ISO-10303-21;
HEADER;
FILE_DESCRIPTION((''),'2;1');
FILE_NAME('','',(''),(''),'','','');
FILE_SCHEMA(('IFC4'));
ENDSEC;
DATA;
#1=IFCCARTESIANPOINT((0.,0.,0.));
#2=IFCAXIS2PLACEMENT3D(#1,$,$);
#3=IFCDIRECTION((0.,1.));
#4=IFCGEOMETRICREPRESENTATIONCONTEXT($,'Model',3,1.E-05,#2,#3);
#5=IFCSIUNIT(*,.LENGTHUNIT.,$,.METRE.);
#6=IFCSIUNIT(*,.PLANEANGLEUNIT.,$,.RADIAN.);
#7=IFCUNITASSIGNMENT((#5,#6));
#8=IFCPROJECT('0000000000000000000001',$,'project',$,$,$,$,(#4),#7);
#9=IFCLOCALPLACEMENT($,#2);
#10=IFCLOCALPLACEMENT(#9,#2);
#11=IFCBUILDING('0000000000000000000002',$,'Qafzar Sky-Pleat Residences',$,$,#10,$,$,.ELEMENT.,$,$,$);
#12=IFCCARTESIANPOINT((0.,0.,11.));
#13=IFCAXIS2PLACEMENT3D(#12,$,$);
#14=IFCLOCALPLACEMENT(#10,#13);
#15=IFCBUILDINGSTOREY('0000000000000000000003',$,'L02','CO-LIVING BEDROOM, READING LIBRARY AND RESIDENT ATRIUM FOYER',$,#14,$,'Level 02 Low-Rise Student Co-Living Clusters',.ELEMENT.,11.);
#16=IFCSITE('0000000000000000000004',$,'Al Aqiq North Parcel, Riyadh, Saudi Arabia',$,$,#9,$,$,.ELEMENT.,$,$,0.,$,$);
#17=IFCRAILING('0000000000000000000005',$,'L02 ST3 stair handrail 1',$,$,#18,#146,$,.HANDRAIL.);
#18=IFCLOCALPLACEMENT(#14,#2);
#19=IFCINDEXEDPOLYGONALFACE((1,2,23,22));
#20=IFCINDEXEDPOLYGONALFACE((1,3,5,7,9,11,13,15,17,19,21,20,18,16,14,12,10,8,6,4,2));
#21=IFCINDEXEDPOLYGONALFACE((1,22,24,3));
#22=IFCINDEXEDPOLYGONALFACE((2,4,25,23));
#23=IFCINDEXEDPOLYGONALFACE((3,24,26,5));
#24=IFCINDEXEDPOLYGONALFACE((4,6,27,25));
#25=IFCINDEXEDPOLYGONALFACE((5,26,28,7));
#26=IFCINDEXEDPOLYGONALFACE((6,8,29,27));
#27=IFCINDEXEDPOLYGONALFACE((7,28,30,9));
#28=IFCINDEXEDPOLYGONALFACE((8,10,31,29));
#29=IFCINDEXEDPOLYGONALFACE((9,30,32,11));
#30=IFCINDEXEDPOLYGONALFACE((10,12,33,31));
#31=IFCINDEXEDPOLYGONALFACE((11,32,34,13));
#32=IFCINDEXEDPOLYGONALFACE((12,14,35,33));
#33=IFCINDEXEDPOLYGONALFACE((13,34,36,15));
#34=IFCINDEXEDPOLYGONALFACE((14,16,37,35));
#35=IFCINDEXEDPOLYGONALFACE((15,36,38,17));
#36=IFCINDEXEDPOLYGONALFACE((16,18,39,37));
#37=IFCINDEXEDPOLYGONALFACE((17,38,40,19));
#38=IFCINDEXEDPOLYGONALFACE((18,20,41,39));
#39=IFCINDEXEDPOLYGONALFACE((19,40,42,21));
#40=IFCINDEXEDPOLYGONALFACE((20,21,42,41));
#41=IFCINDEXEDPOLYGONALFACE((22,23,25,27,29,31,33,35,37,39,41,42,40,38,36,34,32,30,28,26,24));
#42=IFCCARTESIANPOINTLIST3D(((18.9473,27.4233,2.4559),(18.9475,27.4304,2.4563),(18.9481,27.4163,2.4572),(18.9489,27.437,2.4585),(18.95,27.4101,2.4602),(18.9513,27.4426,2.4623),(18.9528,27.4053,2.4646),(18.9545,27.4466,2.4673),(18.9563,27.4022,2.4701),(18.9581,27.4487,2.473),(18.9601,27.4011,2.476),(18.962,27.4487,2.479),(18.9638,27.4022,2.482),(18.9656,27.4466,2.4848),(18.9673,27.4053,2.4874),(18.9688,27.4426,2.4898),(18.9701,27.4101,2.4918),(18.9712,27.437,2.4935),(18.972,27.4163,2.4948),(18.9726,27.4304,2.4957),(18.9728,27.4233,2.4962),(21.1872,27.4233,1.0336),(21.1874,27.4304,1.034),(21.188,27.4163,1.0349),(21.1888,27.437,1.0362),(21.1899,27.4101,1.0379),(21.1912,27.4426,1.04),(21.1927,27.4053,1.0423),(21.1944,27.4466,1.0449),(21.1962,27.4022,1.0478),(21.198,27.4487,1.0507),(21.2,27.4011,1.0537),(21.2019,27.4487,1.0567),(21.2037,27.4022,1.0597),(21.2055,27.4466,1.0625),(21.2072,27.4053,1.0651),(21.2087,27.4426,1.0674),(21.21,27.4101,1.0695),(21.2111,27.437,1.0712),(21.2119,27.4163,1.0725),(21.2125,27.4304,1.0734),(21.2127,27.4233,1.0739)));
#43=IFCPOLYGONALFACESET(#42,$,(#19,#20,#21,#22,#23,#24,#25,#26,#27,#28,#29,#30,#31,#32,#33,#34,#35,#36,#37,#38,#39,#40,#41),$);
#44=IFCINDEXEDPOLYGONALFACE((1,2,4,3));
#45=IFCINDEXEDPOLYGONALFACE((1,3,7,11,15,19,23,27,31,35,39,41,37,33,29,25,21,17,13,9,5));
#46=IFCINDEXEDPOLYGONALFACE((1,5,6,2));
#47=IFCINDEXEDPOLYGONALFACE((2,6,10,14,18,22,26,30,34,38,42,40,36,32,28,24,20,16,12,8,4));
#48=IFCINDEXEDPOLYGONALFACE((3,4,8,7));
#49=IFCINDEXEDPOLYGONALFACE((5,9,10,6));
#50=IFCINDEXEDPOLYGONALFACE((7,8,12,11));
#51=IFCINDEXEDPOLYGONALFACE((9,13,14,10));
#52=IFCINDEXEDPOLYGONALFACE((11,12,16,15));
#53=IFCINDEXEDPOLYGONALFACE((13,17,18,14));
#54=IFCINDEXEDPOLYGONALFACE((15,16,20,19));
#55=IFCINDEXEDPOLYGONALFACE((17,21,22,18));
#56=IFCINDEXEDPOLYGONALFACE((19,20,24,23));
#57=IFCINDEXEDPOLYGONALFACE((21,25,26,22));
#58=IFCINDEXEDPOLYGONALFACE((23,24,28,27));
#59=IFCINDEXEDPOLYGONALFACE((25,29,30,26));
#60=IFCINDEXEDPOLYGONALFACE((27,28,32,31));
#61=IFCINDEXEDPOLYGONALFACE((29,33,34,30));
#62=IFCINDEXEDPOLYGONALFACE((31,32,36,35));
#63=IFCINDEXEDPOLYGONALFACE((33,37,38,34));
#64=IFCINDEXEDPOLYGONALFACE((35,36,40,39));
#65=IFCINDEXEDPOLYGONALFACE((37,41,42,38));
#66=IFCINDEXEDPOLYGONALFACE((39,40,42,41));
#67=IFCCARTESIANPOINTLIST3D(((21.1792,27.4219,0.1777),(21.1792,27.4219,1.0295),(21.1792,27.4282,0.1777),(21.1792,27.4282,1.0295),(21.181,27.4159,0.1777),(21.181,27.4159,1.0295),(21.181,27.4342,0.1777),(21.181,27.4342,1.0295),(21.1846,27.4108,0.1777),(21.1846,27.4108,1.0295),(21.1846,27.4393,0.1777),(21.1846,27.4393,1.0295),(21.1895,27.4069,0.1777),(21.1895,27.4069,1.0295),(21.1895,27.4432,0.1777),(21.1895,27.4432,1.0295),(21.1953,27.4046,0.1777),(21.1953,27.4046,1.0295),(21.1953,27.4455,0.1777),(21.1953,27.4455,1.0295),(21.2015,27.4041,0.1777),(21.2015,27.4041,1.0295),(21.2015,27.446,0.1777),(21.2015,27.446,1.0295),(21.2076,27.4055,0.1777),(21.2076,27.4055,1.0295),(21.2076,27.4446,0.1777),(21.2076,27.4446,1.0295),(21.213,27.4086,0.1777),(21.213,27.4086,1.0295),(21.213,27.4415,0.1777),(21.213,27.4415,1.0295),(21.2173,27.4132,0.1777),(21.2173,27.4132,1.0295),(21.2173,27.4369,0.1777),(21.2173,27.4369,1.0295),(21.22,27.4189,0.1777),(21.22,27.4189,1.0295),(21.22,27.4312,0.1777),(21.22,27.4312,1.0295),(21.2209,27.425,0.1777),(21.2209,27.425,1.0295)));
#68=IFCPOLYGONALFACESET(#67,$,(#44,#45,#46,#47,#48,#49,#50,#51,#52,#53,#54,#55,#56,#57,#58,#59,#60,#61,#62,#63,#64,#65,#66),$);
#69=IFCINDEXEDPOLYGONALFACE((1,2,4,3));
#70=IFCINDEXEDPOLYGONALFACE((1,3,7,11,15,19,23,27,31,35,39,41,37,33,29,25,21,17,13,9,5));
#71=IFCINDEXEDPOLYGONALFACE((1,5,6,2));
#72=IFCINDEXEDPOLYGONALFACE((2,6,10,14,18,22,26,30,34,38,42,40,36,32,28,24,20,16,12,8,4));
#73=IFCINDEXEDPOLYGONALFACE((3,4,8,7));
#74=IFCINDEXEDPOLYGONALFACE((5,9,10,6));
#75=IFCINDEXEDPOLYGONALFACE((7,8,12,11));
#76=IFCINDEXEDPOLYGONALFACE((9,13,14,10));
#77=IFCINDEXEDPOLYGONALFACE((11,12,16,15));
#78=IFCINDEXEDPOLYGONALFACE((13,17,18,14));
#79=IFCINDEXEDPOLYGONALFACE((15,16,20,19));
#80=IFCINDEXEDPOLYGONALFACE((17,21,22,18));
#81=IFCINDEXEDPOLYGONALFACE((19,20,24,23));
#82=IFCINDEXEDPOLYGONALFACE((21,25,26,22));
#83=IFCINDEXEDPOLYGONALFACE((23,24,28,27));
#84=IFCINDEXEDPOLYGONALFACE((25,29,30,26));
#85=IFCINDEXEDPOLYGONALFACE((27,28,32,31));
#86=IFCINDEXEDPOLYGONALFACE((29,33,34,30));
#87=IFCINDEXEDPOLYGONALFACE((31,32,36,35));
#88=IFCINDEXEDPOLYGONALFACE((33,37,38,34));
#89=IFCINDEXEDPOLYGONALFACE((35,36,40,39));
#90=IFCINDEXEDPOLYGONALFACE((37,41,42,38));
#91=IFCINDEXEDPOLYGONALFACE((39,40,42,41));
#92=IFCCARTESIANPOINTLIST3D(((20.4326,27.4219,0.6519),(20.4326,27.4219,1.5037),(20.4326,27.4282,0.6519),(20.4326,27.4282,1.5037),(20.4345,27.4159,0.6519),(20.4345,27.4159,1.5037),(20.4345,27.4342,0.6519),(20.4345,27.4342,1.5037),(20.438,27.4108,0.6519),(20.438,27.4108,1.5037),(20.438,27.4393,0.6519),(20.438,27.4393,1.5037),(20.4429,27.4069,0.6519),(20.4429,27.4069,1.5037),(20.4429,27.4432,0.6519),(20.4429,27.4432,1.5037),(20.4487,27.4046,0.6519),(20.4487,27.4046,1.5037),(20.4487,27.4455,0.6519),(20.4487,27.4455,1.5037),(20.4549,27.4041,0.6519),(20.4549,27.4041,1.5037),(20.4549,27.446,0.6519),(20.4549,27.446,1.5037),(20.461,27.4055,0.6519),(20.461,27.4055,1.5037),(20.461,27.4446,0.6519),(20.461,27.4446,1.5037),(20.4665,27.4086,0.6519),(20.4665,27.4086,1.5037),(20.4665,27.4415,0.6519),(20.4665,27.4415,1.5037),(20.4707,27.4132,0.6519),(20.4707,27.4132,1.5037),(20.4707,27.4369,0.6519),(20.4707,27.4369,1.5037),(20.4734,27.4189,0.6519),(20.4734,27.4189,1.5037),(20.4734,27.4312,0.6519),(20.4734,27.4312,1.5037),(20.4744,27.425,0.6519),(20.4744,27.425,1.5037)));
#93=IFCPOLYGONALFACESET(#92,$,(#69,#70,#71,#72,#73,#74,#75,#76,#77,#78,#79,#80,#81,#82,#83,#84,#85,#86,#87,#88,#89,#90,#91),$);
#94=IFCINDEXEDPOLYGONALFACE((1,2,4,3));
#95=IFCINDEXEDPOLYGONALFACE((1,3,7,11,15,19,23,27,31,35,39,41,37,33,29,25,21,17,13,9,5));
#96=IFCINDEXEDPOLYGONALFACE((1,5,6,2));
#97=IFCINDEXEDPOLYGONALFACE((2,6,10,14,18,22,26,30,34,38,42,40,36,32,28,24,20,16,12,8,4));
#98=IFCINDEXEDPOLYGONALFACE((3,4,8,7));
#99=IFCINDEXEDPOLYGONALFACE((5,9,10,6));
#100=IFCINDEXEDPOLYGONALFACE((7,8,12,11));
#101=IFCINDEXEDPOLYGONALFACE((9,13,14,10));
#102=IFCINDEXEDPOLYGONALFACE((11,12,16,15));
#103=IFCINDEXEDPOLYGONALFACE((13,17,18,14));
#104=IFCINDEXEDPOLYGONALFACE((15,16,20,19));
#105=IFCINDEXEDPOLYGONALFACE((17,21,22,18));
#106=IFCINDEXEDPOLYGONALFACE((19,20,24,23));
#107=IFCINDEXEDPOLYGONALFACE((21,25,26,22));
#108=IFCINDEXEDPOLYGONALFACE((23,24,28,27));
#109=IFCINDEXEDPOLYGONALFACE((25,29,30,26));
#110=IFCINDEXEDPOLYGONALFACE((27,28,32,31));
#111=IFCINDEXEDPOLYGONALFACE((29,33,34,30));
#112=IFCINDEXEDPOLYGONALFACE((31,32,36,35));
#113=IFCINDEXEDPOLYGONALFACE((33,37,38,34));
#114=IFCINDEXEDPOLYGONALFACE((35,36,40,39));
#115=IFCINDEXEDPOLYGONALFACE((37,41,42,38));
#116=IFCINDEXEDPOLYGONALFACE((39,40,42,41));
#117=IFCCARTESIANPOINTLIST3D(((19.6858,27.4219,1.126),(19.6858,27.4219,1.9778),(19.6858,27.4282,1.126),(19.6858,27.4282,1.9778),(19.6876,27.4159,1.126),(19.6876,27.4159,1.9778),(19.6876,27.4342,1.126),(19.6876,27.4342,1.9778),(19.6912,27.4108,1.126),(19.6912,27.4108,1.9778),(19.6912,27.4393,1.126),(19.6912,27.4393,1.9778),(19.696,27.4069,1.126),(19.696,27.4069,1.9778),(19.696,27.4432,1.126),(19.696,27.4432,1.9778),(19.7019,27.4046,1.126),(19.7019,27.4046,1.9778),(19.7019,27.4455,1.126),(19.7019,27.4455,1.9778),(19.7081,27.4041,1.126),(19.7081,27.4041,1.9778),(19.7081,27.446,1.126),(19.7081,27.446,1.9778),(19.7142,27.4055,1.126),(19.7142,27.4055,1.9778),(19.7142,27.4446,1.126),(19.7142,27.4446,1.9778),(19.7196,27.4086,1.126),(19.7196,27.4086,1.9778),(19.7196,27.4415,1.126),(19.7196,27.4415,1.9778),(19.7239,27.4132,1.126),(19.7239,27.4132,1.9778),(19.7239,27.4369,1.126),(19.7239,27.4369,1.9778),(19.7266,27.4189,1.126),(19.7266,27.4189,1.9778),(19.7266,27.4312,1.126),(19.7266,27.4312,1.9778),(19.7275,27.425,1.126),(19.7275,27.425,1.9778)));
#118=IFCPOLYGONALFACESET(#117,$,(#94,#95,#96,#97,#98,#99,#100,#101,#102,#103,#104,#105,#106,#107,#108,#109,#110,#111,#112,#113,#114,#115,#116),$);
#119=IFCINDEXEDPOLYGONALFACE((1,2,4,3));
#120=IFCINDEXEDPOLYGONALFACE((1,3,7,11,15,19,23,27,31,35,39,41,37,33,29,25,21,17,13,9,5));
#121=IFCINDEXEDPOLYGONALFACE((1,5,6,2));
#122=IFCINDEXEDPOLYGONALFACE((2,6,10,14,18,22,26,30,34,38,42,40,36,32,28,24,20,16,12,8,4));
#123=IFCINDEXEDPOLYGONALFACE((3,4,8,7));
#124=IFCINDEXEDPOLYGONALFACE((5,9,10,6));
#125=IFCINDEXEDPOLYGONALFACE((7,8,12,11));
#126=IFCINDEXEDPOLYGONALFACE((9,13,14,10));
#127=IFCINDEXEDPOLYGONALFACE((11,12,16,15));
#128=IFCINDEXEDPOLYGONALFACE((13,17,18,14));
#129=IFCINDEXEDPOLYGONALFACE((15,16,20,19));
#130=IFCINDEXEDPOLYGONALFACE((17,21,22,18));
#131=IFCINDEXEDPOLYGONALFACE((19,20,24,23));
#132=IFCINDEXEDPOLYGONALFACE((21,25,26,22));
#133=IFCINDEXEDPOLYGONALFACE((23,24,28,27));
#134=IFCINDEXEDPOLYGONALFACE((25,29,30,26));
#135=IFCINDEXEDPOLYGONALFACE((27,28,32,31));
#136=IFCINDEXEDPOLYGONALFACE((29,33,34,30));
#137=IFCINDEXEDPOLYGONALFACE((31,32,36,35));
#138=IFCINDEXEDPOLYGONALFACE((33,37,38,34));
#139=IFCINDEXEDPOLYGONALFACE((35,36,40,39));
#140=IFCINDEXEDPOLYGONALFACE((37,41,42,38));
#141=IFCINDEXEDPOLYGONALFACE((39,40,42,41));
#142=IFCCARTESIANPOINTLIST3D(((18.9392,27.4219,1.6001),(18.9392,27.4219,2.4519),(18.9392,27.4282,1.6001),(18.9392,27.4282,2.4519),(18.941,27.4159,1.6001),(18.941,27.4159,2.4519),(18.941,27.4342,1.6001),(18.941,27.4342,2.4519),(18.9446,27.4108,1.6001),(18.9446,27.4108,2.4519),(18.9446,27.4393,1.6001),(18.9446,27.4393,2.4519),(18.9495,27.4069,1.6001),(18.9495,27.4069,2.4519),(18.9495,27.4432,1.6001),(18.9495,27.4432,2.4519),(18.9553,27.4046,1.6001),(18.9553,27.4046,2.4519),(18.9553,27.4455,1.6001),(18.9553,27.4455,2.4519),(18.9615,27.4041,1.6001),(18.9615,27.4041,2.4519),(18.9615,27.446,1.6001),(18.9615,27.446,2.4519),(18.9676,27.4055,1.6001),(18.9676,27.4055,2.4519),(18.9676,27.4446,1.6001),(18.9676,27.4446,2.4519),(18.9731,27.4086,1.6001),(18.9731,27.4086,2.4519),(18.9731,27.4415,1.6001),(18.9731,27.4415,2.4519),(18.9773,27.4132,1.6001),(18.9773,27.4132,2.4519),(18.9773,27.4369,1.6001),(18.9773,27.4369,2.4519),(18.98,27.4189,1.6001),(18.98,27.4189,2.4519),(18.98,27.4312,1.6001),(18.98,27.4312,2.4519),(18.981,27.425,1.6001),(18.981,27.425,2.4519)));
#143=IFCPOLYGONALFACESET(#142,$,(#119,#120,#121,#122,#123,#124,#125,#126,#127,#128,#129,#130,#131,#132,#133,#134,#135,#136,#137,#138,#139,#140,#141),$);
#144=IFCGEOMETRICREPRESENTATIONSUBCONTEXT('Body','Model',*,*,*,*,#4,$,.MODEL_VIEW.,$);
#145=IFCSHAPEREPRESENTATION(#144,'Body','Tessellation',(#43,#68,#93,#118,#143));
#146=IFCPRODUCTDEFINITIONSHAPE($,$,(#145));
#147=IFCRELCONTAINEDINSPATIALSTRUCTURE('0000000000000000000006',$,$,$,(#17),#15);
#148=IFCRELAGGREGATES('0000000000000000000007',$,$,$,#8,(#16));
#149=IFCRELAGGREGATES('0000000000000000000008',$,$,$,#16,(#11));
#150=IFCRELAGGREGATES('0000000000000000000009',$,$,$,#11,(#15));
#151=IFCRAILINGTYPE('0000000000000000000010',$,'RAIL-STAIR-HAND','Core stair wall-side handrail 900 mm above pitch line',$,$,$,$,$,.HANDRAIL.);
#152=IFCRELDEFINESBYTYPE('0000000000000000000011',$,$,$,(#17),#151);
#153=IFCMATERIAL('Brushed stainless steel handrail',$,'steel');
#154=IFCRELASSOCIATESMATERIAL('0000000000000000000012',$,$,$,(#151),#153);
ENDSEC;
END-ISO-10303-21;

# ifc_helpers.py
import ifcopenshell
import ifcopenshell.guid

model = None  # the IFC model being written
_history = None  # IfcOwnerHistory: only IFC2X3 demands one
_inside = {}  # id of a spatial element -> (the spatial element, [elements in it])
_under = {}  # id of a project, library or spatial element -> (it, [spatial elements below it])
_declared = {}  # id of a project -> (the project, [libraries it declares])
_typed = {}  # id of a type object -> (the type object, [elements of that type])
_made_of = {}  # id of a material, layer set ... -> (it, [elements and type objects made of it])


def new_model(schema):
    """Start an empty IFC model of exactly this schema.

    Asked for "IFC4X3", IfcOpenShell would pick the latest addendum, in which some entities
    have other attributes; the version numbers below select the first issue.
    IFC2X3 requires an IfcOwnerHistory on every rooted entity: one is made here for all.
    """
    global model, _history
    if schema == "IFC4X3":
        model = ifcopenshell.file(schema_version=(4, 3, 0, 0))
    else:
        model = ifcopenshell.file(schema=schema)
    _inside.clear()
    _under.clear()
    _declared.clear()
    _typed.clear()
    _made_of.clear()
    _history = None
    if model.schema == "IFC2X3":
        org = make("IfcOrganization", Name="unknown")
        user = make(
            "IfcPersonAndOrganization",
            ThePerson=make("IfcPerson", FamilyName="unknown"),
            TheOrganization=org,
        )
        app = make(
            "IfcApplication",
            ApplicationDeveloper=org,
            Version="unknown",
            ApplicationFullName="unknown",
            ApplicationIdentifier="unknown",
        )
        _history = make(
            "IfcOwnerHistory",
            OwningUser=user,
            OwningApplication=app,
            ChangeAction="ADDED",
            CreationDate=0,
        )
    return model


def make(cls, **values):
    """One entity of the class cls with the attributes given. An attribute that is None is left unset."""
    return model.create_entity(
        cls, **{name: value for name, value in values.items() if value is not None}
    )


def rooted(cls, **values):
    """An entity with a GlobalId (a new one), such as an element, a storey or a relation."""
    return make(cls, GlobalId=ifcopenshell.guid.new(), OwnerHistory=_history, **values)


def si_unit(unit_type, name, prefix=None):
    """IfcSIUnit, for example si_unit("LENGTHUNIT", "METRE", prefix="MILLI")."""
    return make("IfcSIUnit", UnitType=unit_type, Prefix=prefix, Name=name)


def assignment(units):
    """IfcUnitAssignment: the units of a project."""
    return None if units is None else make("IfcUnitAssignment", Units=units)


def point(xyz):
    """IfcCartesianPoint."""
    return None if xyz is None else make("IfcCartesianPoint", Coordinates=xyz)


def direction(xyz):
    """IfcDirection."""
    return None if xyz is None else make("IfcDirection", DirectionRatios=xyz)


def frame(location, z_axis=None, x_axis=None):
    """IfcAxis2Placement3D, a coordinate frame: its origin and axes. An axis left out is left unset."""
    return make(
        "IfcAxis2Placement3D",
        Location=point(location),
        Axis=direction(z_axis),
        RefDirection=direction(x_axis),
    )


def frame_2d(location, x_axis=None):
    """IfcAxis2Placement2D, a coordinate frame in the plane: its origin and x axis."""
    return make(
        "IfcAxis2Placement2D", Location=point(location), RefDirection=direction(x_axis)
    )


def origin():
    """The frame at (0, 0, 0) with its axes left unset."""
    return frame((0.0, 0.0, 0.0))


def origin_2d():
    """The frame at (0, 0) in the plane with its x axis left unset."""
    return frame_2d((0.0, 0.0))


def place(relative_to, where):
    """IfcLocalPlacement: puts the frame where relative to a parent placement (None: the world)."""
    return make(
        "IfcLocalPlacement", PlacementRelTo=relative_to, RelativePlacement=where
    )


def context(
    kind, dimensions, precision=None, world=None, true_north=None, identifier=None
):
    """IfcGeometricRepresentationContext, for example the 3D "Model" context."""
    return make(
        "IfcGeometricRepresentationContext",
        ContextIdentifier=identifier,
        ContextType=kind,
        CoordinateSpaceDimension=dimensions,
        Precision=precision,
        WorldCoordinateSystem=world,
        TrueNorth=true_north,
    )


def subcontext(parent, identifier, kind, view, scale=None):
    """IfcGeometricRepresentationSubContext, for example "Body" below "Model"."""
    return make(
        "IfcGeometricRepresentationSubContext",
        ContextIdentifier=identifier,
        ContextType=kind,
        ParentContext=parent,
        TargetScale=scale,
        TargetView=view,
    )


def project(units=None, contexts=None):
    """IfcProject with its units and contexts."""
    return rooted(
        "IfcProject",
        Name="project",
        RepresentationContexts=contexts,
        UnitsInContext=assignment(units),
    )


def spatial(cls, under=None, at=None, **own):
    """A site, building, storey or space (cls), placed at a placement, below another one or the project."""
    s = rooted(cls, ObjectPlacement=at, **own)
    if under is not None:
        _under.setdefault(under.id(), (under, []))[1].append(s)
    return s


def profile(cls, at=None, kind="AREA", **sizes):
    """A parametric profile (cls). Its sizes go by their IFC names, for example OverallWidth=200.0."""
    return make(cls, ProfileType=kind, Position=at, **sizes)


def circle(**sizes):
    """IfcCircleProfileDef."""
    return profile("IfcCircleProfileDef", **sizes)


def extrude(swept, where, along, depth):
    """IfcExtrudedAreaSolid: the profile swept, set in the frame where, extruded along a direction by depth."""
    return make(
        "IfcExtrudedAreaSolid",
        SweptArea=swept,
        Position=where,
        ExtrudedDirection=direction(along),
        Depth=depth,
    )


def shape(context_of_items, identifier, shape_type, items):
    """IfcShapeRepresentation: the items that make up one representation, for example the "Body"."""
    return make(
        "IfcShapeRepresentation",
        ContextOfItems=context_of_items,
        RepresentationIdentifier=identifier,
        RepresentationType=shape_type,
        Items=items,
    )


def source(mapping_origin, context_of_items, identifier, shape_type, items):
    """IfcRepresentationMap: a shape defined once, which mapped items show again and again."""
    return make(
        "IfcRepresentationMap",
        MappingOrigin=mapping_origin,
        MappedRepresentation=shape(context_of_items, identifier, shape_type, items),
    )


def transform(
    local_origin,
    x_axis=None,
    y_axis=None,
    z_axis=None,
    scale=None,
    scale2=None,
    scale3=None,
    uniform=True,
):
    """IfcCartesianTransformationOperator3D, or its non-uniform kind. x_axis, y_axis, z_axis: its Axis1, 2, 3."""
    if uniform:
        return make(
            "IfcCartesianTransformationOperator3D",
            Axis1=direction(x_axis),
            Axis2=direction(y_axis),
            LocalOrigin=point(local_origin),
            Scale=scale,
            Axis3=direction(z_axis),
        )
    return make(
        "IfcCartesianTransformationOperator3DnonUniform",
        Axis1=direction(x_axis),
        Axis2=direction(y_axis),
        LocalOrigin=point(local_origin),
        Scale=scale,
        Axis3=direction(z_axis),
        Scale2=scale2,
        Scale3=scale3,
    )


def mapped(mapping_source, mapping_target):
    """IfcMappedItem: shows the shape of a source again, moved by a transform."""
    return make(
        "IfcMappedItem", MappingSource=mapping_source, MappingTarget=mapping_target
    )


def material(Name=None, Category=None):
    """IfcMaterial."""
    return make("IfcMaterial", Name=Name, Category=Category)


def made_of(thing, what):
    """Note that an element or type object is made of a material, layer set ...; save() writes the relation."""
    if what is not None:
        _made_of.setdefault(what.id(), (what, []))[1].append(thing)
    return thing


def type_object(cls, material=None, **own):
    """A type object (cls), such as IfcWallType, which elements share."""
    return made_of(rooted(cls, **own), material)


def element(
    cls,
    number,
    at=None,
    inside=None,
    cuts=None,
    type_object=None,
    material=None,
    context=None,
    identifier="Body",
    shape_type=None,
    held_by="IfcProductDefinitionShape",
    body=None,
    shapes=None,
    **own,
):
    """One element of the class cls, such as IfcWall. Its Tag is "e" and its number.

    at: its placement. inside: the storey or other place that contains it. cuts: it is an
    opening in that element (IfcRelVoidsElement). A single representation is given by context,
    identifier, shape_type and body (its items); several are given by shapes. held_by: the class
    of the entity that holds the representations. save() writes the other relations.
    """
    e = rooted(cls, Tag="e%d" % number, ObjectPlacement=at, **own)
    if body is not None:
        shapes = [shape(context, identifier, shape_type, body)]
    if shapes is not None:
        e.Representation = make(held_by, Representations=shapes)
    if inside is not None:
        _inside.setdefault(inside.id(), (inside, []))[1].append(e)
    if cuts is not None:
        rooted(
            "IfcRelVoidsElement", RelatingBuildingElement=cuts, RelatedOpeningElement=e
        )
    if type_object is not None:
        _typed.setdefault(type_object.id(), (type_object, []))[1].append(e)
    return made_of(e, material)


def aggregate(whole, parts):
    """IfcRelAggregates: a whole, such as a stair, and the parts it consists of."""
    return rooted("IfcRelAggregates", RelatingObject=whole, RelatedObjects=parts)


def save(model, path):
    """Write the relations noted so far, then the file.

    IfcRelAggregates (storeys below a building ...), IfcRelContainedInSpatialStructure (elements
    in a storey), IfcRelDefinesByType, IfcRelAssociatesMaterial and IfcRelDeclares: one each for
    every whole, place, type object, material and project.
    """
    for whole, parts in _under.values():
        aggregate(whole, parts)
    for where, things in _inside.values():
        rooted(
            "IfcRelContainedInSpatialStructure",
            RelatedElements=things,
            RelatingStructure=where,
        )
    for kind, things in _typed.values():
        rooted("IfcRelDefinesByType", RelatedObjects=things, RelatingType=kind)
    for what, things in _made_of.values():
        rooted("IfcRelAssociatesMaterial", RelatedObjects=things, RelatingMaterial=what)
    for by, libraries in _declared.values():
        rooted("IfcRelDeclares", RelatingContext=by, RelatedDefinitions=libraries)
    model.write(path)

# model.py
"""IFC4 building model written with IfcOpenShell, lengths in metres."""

from ifc_helpers import new_model, si_unit, direction, frame, origin, origin_2d, place, context, subcontext, project, spatial, circle, extrude, source, transform, mapped, material, type_object, element, save


model = new_model("IFC4")

# Units and contexts
model_context = context("Model", 3, precision=1e-05, world=origin(), true_north=direction((0.0, 1.0)))
body_context = subcontext(model_context, "Body", "Model", "MODEL_VIEW")
ifc_project = project(units=[si_unit("LENGTHUNIT", "METRE"), si_unit("PLANEANGLEUNIT", "RADIAN")], contexts=[model_context])

# Site, building, storey
site_placement = place(None, origin())
site = spatial("IfcSite", under=ifc_project, at=site_placement, Name="Al Aqiq North Parcel, Riyadh, Saudi Arabia", CompositionType="ELEMENT", RefElevation=0.0)
building_placement = place(site_placement, origin())
building = spatial("IfcBuilding", under=site, at=building_placement, Name="Qafzar Sky-Pleat Residences", CompositionType="ELEMENT")
storey_placement = place(building_placement, frame((0.0, 0.0, 11.0)))
storey = spatial("IfcBuildingStorey", under=building, at=storey_placement, Name="L02", Description="CO-LIVING BEDROOM, READING LIBRARY AND RESIDENT ATRIUM FOYER", LongName="Level 02 Low-Rise Student Co-Living Clusters", CompositionType="ELEMENT", Elevation=11.0)

# Railing
ifc_material_1 = material(Name="Brushed stainless steel handrail", Category="steel")
railing_type_1 = type_object("IfcRailingType", Name="RAIL-STAIR-HAND", Description="Core stair wall-side handrail 900 mm above pitch line", PredefinedType="HANDRAIL", material=ifc_material_1)
shared_shape_1 = source(origin(), body_context, "Body", "SweptSolid", [
    extrude(circle(Radius=0.0239, at=origin_2d()), frame((0.0, 0.0, 0.876), z_axis=(-0.844188, 0.0, 0.536048), x_axis=(0.0, -1.0, 0.0)), (0.0, 0.0, 1.0), 2.6533),
    extrude(circle(Radius=0.021, at=origin_2d()), origin(), (0.0, 0.0, 1.0), 0.8518),
    extrude(circle(Radius=0.021, at=origin_2d()), frame((-0.7466, 0.0, 0.4741)), (0.0, 0.0, 1.0), 0.8518),
    extrude(circle(Radius=0.021, at=origin_2d()), frame((-1.4934, 0.0, 0.9482)), (0.0, 0.0, 1.0), 0.8518),
    extrude(circle(Radius=0.021, at=origin_2d()), frame((-2.24, 0.0, 1.4224)), (0.0, 0.0, 1.0), 0.8518),
])
railing_1_placement = place(storey_placement, frame((21.2, 27.425, 0.1777)))
element("IfcRailing", 1, at=railing_1_placement, inside=storey, type_object=railing_type_1, Name="L02 ST3 stair handrail 1", PredefinedType="HANDRAIL", context=body_context, shape_type="MappedRepresentation", body=[
    mapped(shared_shape_1, transform((0.0, 0.0, 0.0), x_axis=(1.0, 0.0, 0.0), y_axis=(0.0, 1.0, 0.0), z_axis=(0.0, 0.0, 1.0), scale=1.0)),
])

save(model, "model.ifc")
